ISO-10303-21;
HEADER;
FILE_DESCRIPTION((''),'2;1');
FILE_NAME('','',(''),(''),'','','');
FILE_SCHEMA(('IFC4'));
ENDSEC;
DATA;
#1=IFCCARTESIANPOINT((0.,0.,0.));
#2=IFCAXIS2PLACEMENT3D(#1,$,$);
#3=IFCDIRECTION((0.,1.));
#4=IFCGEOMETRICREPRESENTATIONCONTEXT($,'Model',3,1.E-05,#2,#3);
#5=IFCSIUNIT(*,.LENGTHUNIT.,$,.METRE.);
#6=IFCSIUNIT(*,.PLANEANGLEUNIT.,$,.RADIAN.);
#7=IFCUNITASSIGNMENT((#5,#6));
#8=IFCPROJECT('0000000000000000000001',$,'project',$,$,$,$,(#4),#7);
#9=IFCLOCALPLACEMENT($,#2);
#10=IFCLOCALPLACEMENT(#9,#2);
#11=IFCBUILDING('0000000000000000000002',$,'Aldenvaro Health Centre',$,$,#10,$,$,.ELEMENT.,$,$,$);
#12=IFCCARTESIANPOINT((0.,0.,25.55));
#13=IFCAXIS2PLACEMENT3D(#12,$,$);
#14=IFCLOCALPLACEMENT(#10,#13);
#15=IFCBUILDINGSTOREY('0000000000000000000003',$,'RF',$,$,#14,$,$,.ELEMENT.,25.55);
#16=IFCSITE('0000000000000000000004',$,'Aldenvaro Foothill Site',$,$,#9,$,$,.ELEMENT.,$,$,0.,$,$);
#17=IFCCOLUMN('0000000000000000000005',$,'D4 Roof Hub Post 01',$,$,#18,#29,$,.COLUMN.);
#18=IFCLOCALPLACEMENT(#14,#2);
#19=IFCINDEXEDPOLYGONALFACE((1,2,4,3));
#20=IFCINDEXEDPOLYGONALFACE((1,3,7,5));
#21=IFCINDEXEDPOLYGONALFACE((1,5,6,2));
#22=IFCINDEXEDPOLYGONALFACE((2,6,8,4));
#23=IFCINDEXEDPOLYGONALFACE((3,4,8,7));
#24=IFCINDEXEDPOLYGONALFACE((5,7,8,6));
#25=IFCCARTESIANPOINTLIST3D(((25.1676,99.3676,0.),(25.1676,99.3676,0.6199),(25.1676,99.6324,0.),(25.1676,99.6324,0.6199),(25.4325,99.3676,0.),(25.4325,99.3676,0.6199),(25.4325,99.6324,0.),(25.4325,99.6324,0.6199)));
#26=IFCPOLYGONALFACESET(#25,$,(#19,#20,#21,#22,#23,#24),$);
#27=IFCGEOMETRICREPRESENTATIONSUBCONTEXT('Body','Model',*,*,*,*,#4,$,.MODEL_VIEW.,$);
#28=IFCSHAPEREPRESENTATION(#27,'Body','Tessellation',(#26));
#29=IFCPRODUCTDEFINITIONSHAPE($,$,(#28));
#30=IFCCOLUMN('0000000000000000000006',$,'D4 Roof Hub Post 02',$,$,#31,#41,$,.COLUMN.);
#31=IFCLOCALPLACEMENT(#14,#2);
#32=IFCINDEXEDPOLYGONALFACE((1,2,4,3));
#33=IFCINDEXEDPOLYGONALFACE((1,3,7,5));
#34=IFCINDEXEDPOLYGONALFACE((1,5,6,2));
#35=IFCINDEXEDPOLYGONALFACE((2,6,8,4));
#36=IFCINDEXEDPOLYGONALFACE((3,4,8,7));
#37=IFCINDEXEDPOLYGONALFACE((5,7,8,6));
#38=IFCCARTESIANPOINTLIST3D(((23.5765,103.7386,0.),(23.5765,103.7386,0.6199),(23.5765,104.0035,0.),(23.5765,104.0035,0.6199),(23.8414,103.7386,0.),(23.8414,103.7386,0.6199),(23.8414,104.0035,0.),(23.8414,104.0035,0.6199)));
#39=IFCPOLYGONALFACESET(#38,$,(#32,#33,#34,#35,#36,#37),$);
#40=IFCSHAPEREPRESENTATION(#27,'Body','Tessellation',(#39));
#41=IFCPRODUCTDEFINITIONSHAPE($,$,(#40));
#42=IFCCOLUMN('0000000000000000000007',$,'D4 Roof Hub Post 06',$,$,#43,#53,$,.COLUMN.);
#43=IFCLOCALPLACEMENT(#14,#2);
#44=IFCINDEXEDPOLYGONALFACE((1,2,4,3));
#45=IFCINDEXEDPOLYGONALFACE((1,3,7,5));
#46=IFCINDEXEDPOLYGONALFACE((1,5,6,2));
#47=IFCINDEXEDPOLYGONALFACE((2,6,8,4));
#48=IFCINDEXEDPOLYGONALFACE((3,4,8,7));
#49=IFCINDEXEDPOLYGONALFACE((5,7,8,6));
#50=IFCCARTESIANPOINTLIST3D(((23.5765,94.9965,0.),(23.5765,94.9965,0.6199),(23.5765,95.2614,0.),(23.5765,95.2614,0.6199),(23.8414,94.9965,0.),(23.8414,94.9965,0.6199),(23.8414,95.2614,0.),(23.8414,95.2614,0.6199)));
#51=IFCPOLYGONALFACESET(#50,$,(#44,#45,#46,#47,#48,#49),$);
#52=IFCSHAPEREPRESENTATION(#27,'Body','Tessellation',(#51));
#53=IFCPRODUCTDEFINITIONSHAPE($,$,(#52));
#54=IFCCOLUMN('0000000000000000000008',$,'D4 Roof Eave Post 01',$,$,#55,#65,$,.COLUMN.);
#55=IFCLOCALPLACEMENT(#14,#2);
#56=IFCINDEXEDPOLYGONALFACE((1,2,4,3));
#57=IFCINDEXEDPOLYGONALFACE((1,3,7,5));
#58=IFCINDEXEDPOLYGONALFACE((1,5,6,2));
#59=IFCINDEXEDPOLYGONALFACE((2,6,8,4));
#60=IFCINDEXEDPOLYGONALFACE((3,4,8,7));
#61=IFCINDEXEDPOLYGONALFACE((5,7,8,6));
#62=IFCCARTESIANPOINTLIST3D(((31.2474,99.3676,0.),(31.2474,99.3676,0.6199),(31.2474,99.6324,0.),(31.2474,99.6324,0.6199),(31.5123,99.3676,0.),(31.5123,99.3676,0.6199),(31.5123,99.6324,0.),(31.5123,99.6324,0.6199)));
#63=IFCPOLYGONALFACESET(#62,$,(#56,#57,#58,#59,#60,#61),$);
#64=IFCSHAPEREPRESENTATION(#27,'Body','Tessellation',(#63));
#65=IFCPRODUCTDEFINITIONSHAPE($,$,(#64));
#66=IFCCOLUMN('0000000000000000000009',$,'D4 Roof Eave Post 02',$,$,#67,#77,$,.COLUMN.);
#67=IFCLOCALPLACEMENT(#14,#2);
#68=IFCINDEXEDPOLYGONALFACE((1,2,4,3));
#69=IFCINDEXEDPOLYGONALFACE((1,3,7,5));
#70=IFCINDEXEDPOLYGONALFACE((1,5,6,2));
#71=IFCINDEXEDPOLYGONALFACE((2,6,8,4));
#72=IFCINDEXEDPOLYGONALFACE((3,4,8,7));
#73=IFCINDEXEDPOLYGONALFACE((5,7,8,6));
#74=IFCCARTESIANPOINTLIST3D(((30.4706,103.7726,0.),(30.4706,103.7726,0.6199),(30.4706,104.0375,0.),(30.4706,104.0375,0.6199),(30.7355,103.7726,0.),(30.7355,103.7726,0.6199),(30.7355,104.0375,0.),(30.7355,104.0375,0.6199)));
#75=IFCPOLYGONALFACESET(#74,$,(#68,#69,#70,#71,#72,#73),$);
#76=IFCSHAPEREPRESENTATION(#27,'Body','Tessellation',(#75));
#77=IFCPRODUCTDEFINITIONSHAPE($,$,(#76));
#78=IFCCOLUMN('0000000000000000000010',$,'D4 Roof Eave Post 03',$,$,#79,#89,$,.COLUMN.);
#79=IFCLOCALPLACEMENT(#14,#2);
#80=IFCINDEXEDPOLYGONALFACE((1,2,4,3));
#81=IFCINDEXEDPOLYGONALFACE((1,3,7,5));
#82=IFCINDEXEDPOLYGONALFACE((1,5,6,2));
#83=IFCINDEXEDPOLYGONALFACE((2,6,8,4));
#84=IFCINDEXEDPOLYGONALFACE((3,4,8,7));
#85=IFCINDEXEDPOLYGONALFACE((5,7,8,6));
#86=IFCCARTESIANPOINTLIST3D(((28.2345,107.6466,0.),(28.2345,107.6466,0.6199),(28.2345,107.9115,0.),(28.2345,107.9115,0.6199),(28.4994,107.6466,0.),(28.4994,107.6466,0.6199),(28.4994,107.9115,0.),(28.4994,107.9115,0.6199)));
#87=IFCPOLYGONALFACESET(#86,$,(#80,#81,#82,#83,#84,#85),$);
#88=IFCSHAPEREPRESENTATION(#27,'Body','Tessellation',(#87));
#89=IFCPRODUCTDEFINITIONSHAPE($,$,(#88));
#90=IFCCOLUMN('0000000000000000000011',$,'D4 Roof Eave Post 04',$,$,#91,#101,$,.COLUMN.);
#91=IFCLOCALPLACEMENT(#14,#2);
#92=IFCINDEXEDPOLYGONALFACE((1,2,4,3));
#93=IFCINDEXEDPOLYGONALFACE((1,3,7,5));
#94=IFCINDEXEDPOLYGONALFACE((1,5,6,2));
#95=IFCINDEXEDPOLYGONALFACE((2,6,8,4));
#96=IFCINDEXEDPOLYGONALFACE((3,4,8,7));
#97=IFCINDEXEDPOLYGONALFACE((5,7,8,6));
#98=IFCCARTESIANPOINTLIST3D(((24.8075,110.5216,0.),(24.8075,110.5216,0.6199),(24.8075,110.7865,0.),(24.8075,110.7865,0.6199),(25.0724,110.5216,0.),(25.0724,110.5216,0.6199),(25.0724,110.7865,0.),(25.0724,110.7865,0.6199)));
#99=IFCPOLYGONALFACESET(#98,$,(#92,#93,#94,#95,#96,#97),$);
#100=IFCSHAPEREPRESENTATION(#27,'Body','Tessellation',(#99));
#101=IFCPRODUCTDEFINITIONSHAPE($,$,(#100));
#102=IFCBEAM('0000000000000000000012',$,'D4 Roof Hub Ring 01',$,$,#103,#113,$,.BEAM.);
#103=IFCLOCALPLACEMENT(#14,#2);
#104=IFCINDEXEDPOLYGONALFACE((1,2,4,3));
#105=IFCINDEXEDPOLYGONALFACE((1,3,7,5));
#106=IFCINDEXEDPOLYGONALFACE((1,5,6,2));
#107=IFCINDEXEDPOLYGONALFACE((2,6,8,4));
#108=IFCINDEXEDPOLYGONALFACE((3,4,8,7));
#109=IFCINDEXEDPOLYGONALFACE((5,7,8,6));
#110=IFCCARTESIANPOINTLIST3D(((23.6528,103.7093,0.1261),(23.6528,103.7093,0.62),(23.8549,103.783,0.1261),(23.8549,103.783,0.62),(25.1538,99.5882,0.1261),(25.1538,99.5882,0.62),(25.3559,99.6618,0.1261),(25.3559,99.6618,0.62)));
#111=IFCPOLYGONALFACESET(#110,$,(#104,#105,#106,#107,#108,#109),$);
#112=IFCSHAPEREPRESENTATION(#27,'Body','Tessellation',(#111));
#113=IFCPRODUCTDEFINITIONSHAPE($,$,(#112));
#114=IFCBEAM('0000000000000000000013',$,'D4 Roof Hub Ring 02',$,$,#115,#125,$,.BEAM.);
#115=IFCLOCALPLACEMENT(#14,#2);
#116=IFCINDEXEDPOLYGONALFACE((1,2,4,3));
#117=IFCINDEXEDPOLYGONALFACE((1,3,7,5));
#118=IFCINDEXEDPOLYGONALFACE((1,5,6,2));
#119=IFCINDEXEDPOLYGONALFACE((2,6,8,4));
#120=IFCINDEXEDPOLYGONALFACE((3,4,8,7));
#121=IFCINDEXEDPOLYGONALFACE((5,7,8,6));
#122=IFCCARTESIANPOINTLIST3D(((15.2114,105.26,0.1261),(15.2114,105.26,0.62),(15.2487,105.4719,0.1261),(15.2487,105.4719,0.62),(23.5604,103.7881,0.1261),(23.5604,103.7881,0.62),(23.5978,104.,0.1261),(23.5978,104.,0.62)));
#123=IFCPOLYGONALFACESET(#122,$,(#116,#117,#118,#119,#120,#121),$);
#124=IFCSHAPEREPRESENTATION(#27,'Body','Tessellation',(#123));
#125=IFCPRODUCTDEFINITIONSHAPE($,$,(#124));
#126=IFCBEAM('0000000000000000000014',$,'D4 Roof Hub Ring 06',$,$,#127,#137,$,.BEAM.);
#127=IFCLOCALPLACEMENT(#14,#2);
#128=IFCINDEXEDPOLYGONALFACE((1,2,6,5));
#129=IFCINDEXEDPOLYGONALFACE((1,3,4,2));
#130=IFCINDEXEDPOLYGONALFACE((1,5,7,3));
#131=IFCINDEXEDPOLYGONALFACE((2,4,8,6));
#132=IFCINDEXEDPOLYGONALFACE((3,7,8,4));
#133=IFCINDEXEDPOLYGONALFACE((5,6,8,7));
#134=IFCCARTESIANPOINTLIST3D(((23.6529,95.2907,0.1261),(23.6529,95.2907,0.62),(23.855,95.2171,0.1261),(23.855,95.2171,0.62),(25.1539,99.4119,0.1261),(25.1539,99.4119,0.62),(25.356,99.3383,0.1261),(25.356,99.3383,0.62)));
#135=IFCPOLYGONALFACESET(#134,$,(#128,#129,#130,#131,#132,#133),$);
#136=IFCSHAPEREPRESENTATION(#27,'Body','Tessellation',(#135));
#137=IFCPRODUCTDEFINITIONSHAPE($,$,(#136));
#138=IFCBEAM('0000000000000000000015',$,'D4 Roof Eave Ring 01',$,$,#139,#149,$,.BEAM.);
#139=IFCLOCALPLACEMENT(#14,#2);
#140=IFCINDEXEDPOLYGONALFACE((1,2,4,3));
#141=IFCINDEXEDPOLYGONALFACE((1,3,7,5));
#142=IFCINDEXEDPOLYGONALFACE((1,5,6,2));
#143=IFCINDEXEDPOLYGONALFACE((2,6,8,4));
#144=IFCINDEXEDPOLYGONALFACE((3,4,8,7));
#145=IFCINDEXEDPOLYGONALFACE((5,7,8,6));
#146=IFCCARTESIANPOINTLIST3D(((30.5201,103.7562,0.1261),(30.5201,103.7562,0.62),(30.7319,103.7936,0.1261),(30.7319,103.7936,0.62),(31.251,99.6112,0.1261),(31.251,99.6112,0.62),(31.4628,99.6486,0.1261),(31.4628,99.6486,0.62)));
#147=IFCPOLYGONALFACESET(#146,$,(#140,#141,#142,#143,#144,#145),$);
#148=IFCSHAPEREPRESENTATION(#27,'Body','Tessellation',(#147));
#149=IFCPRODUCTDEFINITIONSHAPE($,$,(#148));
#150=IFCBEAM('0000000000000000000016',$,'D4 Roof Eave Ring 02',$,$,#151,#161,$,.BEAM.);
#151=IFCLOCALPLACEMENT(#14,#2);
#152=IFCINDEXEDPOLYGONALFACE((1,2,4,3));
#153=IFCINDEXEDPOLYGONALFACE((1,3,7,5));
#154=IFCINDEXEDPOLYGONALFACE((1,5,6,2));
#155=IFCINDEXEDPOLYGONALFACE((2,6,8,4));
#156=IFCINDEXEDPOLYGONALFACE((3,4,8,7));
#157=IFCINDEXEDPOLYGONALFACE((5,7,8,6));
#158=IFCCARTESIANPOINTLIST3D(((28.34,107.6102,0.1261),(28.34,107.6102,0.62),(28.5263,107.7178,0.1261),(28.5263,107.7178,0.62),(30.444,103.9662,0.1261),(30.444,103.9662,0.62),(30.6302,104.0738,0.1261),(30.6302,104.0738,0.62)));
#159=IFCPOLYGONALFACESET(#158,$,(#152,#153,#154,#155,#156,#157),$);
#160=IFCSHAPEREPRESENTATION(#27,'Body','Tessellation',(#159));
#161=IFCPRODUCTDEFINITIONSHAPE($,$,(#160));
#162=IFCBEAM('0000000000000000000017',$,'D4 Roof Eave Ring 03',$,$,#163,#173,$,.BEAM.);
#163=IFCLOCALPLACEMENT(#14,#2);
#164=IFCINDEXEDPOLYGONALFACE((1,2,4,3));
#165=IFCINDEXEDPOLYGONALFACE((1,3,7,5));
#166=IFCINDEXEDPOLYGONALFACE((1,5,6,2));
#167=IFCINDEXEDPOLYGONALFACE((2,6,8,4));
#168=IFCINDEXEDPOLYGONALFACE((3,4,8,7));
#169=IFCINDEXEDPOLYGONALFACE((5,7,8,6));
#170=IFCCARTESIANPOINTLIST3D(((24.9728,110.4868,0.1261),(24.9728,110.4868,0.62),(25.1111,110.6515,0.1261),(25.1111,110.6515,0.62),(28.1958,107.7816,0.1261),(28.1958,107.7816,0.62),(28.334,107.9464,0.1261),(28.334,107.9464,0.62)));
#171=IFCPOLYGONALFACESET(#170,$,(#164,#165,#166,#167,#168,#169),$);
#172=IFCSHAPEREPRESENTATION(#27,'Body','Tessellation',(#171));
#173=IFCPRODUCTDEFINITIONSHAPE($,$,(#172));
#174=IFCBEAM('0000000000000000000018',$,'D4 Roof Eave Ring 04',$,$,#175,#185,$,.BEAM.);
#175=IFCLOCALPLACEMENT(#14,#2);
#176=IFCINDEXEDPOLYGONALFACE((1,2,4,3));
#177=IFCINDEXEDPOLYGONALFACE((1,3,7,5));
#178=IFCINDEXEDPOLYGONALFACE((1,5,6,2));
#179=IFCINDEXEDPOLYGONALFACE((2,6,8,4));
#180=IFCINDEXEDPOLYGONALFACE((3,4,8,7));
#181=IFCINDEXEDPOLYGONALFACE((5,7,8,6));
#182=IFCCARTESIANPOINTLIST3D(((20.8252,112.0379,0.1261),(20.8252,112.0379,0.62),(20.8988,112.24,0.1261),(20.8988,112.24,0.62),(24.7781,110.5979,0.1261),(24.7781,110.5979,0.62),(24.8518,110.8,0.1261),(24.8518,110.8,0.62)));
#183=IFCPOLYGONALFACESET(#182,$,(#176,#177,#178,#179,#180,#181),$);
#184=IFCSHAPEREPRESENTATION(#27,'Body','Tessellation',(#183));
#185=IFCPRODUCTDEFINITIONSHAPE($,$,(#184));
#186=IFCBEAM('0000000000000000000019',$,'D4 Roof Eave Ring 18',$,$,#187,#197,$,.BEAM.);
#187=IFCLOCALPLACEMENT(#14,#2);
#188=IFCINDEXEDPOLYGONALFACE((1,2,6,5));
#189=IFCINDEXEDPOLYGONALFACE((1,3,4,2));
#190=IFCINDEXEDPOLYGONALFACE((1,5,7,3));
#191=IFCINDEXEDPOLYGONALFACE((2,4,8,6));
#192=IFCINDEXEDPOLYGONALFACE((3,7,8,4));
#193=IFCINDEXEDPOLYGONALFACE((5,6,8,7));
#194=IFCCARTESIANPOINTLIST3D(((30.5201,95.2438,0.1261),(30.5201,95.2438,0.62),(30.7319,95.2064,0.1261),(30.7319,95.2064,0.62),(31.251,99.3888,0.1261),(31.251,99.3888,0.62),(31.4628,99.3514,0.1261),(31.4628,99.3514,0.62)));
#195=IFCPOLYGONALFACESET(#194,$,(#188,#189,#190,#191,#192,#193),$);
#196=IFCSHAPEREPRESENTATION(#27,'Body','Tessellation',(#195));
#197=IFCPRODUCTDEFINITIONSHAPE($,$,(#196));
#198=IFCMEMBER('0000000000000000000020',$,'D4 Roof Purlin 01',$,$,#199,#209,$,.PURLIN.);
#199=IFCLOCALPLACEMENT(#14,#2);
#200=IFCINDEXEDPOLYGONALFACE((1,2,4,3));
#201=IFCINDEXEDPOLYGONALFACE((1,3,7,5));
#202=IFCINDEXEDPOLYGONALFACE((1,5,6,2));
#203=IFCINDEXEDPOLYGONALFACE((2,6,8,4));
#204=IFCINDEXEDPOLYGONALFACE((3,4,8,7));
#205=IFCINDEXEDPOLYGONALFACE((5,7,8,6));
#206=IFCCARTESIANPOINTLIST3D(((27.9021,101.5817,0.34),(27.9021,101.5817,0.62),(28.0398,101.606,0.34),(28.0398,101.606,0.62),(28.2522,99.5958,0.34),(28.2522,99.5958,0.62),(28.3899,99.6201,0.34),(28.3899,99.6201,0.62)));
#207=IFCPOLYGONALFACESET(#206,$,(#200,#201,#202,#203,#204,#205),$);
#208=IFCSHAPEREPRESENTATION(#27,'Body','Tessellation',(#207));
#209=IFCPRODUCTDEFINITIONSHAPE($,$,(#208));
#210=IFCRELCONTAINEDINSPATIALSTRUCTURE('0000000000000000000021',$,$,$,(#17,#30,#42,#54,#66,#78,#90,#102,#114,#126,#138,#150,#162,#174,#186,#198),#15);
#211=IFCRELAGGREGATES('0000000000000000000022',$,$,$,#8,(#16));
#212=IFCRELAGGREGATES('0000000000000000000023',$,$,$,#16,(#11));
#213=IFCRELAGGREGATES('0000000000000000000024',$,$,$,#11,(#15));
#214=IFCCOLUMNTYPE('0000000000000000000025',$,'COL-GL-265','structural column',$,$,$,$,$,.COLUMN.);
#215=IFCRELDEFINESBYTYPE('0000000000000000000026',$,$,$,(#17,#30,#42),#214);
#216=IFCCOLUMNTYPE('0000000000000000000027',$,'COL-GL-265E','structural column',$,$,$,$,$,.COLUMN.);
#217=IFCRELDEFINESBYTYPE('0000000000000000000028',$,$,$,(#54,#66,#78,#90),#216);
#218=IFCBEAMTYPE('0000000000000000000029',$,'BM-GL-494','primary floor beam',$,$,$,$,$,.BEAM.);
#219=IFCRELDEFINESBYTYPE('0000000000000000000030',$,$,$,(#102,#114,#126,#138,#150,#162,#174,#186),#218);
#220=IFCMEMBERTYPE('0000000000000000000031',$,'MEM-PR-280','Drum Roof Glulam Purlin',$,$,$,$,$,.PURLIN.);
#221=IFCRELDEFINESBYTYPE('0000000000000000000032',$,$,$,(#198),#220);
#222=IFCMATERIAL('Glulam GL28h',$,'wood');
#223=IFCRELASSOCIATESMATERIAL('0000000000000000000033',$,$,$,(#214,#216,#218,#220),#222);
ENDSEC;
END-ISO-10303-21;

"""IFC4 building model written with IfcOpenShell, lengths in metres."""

from ifc_helpers import new_model, si_unit, direction, frame, origin, origin_2d, place, context, subcontext, project, spatial, rectangle, extrude, material, material_profile, profile_set, type_object, element, save


model = new_model("IFC4")

# Units and contexts
model_context = context("Model", 3, precision=1e-05, world=origin(), true_north=direction((0.0, 1.0)))
body_context = subcontext(model_context, "Body", "Model", "MODEL_VIEW")
ifc_project = project(units=[si_unit("LENGTHUNIT", "METRE"), si_unit("PLANEANGLEUNIT", "RADIAN")], contexts=[model_context])

# Site, building, storey
site_placement = place(None, origin())
site = spatial("IfcSite", under=ifc_project, at=site_placement, Name="Aldenvaro Foothill Site", CompositionType="ELEMENT", RefElevation=0.0)
building_placement = place(site_placement, origin())
building = spatial("IfcBuilding", under=site, at=building_placement, Name="Aldenvaro Health Centre", CompositionType="ELEMENT")
storey_placement = place(building_placement, frame((0.0, 0.0, 25.55)))
storey = spatial("IfcBuildingStorey", under=building, at=storey_placement, Name="RF", CompositionType="ELEMENT", Elevation=25.55)

# Columns
ifc_material_1 = material(Name="Glulam GL28h", Category="wood")
ifc_material_profile_1 = material_profile(ifc_material_1, rectangle(XDim=0.2649, YDim=0.2649, at=origin_2d()), Name="GL 265x265", Category="wood")
ifc_profile_set_1 = profile_set([ifc_material_profile_1], Name="Glulam GL28h")
column_type_1 = type_object("IfcColumnType", Name="COL-GL-265", Description="structural column", PredefinedType="COLUMN", material=ifc_profile_set_1)
for number, where, z_axis, x_axis, name in (
    (1, (25.3, 99.5, 0.0), (0.0, 0.0, 1.0), (1.0, 0.0, 0.0), "D4 Roof Hub Post 01"),
    (2, (23.709, 103.8711, 0.0), (0.0, 0.0, 1.0), (1.0, 0.0, 0.0), "D4 Roof Hub Post 02"),
    (3, (23.709, 95.1289, 0.0), (0.0, 0.0, 1.0), (1.0, 0.0, 0.0), "D4 Roof Hub Post 06"),
):
    element("IfcColumn", number, at=place(storey_placement, frame(where, z_axis=z_axis, x_axis=x_axis)), inside=storey, type_object=column_type_1, Name=name, PredefinedType="COLUMN", context=body_context, shape_type="SweptSolid", body=[
        extrude(rectangle(XDim=0.2649, YDim=0.2649, at=origin_2d()), origin(), (0.0, 0.0, 1.0), 0.6199),
    ])
ifc_material_profile_2 = material_profile(ifc_material_1, rectangle(XDim=0.2649, YDim=0.2649, at=origin_2d()), Name="GL 265x265", Category="wood")
ifc_profile_set_2 = profile_set([ifc_material_profile_2], Name="Glulam GL28h")
column_type_2 = type_object("IfcColumnType", Name="COL-GL-265E", Description="structural column", PredefinedType="COLUMN", material=ifc_profile_set_2)
for number, where, z_axis, x_axis, name in (
    (4, (31.3799, 99.5, 0.0), (0.0, 0.0, 1.0), (1.0, 0.0, 0.0), "D4 Roof Eave Post 01"),
    (5, (30.603, 103.905, 0.0), (0.0, 0.0, 1.0), (1.0, 0.0, 0.0), "D4 Roof Eave Post 02"),
    (6, (28.3669, 107.7791, 0.0), (0.0, 0.0, 1.0), (1.0, 0.0, 0.0), "D4 Roof Eave Post 03"),
    (7, (24.9399, 110.6541, 0.0), (0.0, 0.0, 1.0), (1.0, 0.0, 0.0), "D4 Roof Eave Post 04"),
):
    element("IfcColumn", number, at=place(storey_placement, frame(where, z_axis=z_axis, x_axis=x_axis)), inside=storey, type_object=column_type_2, Name=name, PredefinedType="COLUMN", context=body_context, shape_type="SweptSolid", body=[
        extrude(rectangle(XDim=0.2649, YDim=0.2649, at=origin_2d()), origin(), (0.0, 0.0, 1.0), 0.6199),
    ])

# Beams
ifc_material_profile_3 = material_profile(ifc_material_1, rectangle(XDim=0.2151, YDim=0.4939, at=origin_2d()), Name="GL 215x494", Category="wood")
ifc_profile_set_3 = profile_set([ifc_material_profile_3], Name="Glulam GL28h")
beam_type = type_object("IfcBeamType", Name="BM-GL-494", Description="primary floor beam", PredefinedType="BEAM", material=ifc_profile_set_3)
beam_1_placement = place(storey_placement, frame((25.2549, 99.625, 0.373), z_axis=(-0.342226, 0.939618, 0.0), x_axis=(-0.939618, -0.342226, 0.0)))
element("IfcBeam", 8, at=beam_1_placement, inside=storey, type_object=beam_type, Name="D4 Roof Hub Ring 01", PredefinedType="BEAM", context=body_context, shape_type="SweptSolid", body=[
    extrude(rectangle(XDim=0.2151, YDim=0.4939, at=origin_2d()), origin(), (0.0, 0.0, 1.0), 4.386),
])
beam_2_placement = place(storey_placement, frame((23.5791, 103.894, 0.373), z_axis=(-0.984813, 0.173619, 0.0), x_axis=(-0.173619, -0.984813, 0.0)))
element("IfcBeam", 9, at=beam_2_placement, inside=storey, type_object=beam_type, Name="D4 Roof Hub Ring 02", PredefinedType="BEAM", context=body_context, shape_type="SweptSolid", body=[
    extrude(rectangle(XDim=0.2151, YDim=0.4939, at=origin_2d()), origin(), (0.0, 0.0, 1.0), 8.4778),
])
beam_3_placement = place(storey_placement, frame((23.7539, 95.2539, 0.373), z_axis=(0.342226, 0.939618, 0.0), x_axis=(-0.939618, 0.342226, 0.0)))
element("IfcBeam", 10, at=beam_3_placement, inside=storey, type_object=beam_type, Name="D4 Roof Hub Ring 06", PredefinedType="BEAM", context=body_context, shape_type="SweptSolid", body=[
    extrude(rectangle(XDim=0.2151, YDim=0.4939, at=origin_2d()), origin(), (0.0, 0.0, 1.0), 4.386),
])
beam_4_placement = place(storey_placement, frame((31.3569, 99.6299, 0.373), z_axis=(-0.173666, 0.984805, 0.0), x_axis=(-0.984805, -0.173666, 0.0)))
element("IfcBeam", 11, at=beam_4_placement, inside=storey, type_object=beam_type, Name="D4 Roof Eave Ring 01", PredefinedType="BEAM", context=body_context, shape_type="SweptSolid", body=[
    extrude(rectangle(XDim=0.2151, YDim=0.4939, at=origin_2d()), origin(), (0.0, 0.0, 1.0), 4.209),
])
for number, where, z_axis, x_axis, name in (
    (12, (30.5371, 104.02, 0.373), (-0.50002, 0.866014, 0.0), (-0.866014, -0.50002, 0.0), "D4 Roof Eave Ring 02"),
    (13, (28.2649, 107.864, 0.373), (-0.765957, 0.642891, 0.0), (-0.642891, -0.765957, 0.0), "D4 Roof Eave Ring 03"),
):
    element("IfcBeam", number, at=place(storey_placement, frame(where, z_axis=z_axis, x_axis=x_axis)), inside=storey, type_object=beam_type, Name=name, PredefinedType="BEAM", context=body_context, shape_type="SweptSolid", body=[
        extrude(rectangle(XDim=0.2151, YDim=0.4939, at=origin_2d()), origin(), (0.0, 0.0, 1.0), 4.2078),
    ])
beam_5_placement = place(storey_placement, frame((24.8149, 110.699, 0.373), z_axis=(-0.9396, 0.342274, 0.0), x_axis=(-0.342274, -0.9396, 0.0)))
element("IfcBeam", 14, at=beam_5_placement, inside=storey, type_object=beam_type, Name="D4 Roof Eave Ring 04", PredefinedType="BEAM", context=body_context, shape_type="SweptSolid", body=[
    extrude(rectangle(XDim=0.2151, YDim=0.4939, at=origin_2d()), origin(), (0.0, 0.0, 1.0), 4.207),
])
beam_6_placement = place(storey_placement, frame((30.626, 95.2251, 0.373), z_axis=(0.173666, 0.984805, 0.0), x_axis=(-0.984805, 0.173666, 0.0)))
element("IfcBeam", 15, at=beam_6_placement, inside=storey, type_object=beam_type, Name="D4 Roof Eave Ring 18", PredefinedType="BEAM", context=body_context, shape_type="SweptSolid", body=[
    extrude(rectangle(XDim=0.2151, YDim=0.4939, at=origin_2d()), origin(), (0.0, 0.0, 1.0), 4.209),
])

# Member
ifc_material_profile_4 = material_profile(ifc_material_1, rectangle(XDim=0.1399, YDim=0.28, at=origin_2d()), Name="GL 140x280", Category="wood")
ifc_profile_set_4 = profile_set([ifc_material_profile_4], Name="Glulam GL28h")
member_type_1 = type_object("IfcMemberType", Name="MEM-PR-280", Description="Drum Roof Glulam Purlin", PredefinedType="PURLIN", material=ifc_profile_set_4)
member_1_placement = place(storey_placement, frame((28.321, 99.6079, 0.48), z_axis=(-0.173599, 0.984816, 0.0), x_axis=(-0.984816, -0.173599, 0.0)))
element("IfcMember", 16, at=member_1_placement, inside=storey, type_object=member_type_1, Name="D4 Roof Purlin 01", PredefinedType="PURLIN", context=body_context, shape_type="SweptSolid", body=[
    extrude(rectangle(XDim=0.1399, YDim=0.28, at=origin_2d()), origin(), (0.0, 0.0, 1.0), 2.0166),
])

save(model, "model.ifc")
